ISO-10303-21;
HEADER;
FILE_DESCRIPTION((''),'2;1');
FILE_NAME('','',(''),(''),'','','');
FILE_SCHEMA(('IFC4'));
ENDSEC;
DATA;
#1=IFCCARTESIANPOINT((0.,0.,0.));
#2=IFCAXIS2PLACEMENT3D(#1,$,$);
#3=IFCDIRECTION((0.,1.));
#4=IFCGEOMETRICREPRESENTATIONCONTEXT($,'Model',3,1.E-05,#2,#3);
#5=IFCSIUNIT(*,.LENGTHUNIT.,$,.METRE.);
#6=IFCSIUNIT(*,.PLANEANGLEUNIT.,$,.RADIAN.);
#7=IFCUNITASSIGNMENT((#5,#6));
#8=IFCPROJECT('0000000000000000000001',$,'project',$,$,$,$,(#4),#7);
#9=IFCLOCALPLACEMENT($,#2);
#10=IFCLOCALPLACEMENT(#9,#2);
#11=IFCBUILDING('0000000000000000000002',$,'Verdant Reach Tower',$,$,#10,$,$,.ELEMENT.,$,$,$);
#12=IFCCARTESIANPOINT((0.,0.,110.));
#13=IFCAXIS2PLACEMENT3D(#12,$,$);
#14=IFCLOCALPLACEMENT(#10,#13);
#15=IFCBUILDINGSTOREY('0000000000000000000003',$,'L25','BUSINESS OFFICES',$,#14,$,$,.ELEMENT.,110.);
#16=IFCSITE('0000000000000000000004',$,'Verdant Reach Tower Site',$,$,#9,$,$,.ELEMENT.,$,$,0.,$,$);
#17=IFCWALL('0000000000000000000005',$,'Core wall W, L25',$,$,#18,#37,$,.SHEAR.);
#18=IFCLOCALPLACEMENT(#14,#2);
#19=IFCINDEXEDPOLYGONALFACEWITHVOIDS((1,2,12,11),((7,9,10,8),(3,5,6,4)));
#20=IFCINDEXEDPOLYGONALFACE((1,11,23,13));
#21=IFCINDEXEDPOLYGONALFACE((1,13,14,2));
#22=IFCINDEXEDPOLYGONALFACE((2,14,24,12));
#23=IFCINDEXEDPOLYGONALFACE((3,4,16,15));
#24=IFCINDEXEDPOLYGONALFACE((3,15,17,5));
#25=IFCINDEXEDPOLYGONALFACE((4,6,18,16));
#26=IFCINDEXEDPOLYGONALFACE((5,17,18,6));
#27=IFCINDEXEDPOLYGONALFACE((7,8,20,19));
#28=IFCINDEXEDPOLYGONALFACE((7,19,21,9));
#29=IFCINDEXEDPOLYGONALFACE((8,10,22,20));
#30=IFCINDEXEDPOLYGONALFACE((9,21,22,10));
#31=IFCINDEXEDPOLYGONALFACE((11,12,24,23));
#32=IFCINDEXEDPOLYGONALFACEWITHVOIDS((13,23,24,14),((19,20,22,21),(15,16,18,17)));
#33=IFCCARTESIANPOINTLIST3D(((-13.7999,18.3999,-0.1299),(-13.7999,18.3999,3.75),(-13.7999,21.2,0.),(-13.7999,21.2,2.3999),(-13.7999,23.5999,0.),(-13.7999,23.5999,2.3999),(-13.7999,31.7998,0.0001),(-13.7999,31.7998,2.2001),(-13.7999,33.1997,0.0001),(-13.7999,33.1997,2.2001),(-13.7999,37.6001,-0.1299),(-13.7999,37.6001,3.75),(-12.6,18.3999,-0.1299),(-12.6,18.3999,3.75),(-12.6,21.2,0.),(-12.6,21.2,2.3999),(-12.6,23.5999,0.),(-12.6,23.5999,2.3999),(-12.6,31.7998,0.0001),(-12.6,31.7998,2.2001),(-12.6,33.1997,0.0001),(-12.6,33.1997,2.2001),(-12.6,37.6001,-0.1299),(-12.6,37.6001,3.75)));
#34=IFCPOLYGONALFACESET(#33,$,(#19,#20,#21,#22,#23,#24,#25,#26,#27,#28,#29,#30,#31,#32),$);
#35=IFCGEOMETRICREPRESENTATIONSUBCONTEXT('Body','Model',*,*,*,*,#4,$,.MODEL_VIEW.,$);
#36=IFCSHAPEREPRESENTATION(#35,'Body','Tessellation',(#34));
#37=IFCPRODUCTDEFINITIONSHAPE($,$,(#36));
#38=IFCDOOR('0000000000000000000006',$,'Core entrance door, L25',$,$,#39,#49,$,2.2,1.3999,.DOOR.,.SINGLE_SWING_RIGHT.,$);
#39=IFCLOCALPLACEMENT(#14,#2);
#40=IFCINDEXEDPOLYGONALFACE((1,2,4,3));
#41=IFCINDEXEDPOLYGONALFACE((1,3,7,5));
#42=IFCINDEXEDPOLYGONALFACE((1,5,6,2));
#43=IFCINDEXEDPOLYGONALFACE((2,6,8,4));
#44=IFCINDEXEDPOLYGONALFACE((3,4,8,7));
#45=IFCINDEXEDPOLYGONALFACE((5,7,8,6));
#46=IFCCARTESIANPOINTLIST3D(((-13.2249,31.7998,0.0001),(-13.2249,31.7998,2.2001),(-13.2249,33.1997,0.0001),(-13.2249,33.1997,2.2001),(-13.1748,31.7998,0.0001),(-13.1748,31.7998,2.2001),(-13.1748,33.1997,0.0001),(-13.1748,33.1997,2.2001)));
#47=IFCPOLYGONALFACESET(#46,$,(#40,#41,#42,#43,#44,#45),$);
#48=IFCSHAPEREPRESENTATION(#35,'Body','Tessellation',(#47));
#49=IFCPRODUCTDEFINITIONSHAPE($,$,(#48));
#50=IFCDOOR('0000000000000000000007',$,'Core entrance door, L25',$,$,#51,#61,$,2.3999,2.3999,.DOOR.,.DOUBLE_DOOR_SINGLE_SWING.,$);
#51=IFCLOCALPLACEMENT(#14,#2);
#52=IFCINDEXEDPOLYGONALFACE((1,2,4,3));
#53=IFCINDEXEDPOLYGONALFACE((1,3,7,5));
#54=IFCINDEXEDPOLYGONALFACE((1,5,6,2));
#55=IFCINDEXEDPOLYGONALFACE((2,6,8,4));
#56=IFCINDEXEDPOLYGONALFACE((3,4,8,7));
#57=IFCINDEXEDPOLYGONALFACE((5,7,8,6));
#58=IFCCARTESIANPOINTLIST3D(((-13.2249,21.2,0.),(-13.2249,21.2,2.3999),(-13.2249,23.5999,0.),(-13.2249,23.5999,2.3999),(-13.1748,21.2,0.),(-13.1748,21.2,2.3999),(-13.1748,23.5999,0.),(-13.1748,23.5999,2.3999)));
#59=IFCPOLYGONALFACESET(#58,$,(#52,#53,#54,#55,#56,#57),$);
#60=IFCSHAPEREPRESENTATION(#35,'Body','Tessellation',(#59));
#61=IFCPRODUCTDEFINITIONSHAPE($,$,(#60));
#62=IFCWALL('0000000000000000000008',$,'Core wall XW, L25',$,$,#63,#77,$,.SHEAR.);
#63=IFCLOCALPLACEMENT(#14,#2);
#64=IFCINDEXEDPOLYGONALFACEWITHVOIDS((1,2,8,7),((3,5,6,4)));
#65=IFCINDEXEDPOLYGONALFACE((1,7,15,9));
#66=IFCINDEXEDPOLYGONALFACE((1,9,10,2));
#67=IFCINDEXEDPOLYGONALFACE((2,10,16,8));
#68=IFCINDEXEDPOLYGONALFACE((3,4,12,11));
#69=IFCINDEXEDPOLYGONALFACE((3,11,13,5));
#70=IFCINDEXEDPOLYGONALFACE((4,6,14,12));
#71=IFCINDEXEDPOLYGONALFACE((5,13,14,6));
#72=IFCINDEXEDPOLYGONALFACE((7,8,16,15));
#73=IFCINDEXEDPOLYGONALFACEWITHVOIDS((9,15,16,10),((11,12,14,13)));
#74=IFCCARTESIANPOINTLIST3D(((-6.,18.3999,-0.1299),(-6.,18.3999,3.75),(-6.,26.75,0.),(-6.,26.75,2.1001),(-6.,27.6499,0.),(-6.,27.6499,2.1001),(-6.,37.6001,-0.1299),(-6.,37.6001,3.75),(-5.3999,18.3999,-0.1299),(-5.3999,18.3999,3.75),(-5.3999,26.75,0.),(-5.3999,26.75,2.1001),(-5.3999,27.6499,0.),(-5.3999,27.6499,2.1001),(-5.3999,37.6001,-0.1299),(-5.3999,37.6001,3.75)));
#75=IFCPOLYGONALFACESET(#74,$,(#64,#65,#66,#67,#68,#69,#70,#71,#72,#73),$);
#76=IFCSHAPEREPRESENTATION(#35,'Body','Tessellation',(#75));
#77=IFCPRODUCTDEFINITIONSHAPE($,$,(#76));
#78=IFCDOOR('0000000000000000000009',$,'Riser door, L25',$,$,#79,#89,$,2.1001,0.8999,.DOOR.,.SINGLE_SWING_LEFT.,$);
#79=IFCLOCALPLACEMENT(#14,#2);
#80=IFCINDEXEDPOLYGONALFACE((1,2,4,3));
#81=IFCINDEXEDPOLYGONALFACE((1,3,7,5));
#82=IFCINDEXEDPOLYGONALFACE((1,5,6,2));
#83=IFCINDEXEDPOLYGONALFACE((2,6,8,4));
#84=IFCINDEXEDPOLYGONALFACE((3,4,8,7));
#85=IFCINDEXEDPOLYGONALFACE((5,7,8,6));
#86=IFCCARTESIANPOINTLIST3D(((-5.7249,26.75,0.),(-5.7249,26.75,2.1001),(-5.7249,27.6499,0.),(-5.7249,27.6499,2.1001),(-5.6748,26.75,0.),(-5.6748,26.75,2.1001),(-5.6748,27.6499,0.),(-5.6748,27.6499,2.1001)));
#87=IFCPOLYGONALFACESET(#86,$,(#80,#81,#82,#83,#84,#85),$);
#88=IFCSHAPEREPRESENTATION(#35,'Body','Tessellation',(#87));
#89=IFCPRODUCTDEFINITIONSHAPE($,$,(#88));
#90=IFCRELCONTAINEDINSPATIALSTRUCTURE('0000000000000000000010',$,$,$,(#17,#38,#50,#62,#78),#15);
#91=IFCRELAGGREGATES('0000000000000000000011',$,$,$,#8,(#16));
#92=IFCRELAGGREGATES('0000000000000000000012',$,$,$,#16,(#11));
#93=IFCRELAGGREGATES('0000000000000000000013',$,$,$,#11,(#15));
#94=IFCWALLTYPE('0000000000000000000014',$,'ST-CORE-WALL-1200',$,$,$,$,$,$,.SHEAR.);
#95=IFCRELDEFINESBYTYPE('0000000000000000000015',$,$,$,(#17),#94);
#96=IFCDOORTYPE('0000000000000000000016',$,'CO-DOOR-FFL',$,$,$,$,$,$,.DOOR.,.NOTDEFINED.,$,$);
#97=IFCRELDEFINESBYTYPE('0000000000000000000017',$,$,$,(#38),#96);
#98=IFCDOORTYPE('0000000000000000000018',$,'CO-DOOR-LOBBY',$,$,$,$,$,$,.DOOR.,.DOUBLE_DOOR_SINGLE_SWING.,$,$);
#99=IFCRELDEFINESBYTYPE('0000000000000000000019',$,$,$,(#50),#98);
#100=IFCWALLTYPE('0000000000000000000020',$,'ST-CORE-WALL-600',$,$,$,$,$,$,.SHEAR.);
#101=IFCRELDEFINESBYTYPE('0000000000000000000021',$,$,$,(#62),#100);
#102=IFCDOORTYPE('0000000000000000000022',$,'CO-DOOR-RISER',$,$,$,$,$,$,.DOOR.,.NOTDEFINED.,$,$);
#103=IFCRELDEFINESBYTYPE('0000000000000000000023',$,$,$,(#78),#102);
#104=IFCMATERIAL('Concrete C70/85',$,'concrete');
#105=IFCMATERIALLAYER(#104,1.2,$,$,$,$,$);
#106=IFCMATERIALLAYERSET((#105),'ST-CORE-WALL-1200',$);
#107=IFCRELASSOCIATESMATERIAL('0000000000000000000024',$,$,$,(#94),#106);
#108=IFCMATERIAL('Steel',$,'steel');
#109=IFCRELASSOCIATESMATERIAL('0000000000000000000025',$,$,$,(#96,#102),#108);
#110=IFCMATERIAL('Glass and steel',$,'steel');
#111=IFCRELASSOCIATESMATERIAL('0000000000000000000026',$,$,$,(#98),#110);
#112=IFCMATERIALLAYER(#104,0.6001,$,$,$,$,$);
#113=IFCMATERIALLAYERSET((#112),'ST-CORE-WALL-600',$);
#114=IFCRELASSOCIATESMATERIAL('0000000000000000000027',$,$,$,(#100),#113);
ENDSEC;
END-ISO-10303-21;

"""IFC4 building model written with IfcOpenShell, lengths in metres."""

from ifc_helpers import new_model, si_unit, direction, frame, frame_2d, origin, place, context, subcontext, project, spatial, rectangle, extrude, material, layer, layer_set, type_object, element, fill, save


model = new_model("IFC4")

# Units and contexts
model_context = context("Model", 3, precision=1e-05, world=origin(), true_north=direction((0.0, 1.0)))
body_context = subcontext(model_context, "Body", "Model", "MODEL_VIEW")
ifc_project = project(units=[si_unit("LENGTHUNIT", "METRE"), si_unit("PLANEANGLEUNIT", "RADIAN")], contexts=[model_context])

# Site, building, storey
site_placement = place(None, origin())
site = spatial("IfcSite", under=ifc_project, at=site_placement, Name="Verdant Reach Tower Site", CompositionType="ELEMENT", RefElevation=0.0)
building_placement = place(site_placement, origin())
building = spatial("IfcBuilding", under=site, at=building_placement, Name="Verdant Reach Tower", CompositionType="ELEMENT")
storey_placement = place(building_placement, frame((0.0, 0.0, 110.0)))
storey = spatial("IfcBuildingStorey", under=building, at=storey_placement, Name="L25", Description="BUSINESS OFFICES", CompositionType="ELEMENT", Elevation=110.0)

# Wall, openings, doors
ifc_material_1 = material(Name="Concrete C70/85", Category="concrete")
ifc_layer_1 = layer(ifc_material_1, 1.2)
ifc_layer_set_1 = layer_set([ifc_layer_1], Name="ST-CORE-WALL-1200")
wall_type_1 = type_object("IfcWallType", Name="ST-CORE-WALL-1200", PredefinedType="SHEAR", material=ifc_layer_set_1)
wall_1_placement = place(storey_placement, frame((-13.2, 18.3999, -0.1299), z_axis=(0.0, 0.0, 1.0), x_axis=(0.0, 1.0, 0.0)))
wall_1 = element("IfcWall", 1, at=wall_1_placement, inside=storey, type_object=wall_type_1, Name="Core wall W, L25", PredefinedType="SHEAR", context=body_context, shape_type="SweptSolid", body=[
    extrude(rectangle(XDim=19.2002, YDim=1.2, at=frame_2d((9.6001, 0.0))), origin(), (0.0, 0.0, 1.0), 3.8799),
])
opening_1_placement = place(wall_1_placement, frame((2.8, 0.0, 0.1299)))
opening_1 = element("IfcOpeningElement", 2, at=opening_1_placement, cuts=wall_1, PredefinedType="OPENING", context=body_context, shape_type="SweptSolid", body=[
    extrude(rectangle(XDim=2.3999, YDim=2.3999, at=frame_2d((1.2, 1.2))), frame((0.0, 0.6099, 0.0), z_axis=(0.0, -1.0, 0.0), x_axis=(1.0, 0.0, 0.0)), (0.0, 0.0, 1.0), 1.22),
])
opening_2_placement = place(wall_1_placement, frame((13.3999, 0.0, 0.1299)))
opening_2 = element("IfcOpeningElement", 3, at=opening_2_placement, cuts=wall_1, PredefinedType="OPENING", context=body_context, shape_type="SweptSolid", body=[
    extrude(rectangle(XDim=1.3999, YDim=2.2, at=frame_2d((0.7, 1.1001))), frame((0.0, 0.6099, 0.0), z_axis=(0.0, -1.0, 0.0), x_axis=(1.0, 0.0, 0.0)), (0.0, 0.0, 1.0), 1.22),
])
ifc_material_2 = material(Name="Steel", Category="steel")
door_type_1 = type_object("IfcDoorType", Name="CO-DOOR-FFL", OperationType="NOTDEFINED", PredefinedType="DOOR", material=ifc_material_2)
door_1_placement = place(opening_2_placement, origin())
door_1 = element("IfcDoor", 4, at=door_1_placement, inside=storey, type_object=door_type_1, Name="Core entrance door, L25", OperationType="SINGLE_SWING_RIGHT", OverallHeight=2.2, OverallWidth=1.3999, PredefinedType="DOOR", context=body_context, shape_type="SweptSolid", body=[
    extrude(rectangle(XDim=1.3999, YDim=2.2, at=frame_2d((0.7, 1.1001))), frame((0.0, 0.0249, 0.0), z_axis=(0.0, -1.0, 0.0), x_axis=(1.0, 0.0, 0.0)), (0.0, 0.0, 1.0), 0.05),
])
fill(opening_2, door_1)
ifc_material_3 = material(Name="Glass and steel", Category="steel")
door_type_2 = type_object("IfcDoorType", Name="CO-DOOR-LOBBY", OperationType="DOUBLE_DOOR_SINGLE_SWING", PredefinedType="DOOR", material=ifc_material_3)
door_2_placement = place(opening_1_placement, origin())
door_2 = element("IfcDoor", 5, at=door_2_placement, inside=storey, type_object=door_type_2, Name="Core entrance door, L25", OperationType="DOUBLE_DOOR_SINGLE_SWING", OverallHeight=2.3999, OverallWidth=2.3999, PredefinedType="DOOR", context=body_context, shape_type="SweptSolid", body=[
    extrude(rectangle(XDim=2.3999, YDim=2.3999, at=frame_2d((1.2, 1.2))), frame((0.0, 0.0249, 0.0), z_axis=(0.0, -1.0, 0.0), x_axis=(1.0, 0.0, 0.0)), (0.0, 0.0, 1.0), 0.05),
])
fill(opening_1, door_2)

# Wall, opening, door
ifc_layer_2 = layer(ifc_material_1, 0.6001)
ifc_layer_set_2 = layer_set([ifc_layer_2], Name="ST-CORE-WALL-600")
wall_type_2 = type_object("IfcWallType", Name="ST-CORE-WALL-600", PredefinedType="SHEAR", material=ifc_layer_set_2)
wall_2_placement = place(storey_placement, frame((-5.7, 18.3999, -0.1299), z_axis=(0.0, 0.0, 1.0), x_axis=(0.0, 1.0, 0.0)))
wall_2 = element("IfcWall", 6, at=wall_2_placement, inside=storey, type_object=wall_type_2, Name="Core wall XW, L25", PredefinedType="SHEAR", context=body_context, shape_type="SweptSolid", body=[
    extrude(rectangle(XDim=19.2002, YDim=0.6001, at=frame_2d((9.6001, 0.0))), origin(), (0.0, 0.0, 1.0), 3.8799),
])
opening_3_placement = place(wall_2_placement, frame((8.3501, 0.0, 0.1299)))
opening_3 = element("IfcOpeningElement", 7, at=opening_3_placement, cuts=wall_2, PredefinedType="OPENING", context=body_context, shape_type="SweptSolid", body=[
    extrude(rectangle(XDim=0.8999, YDim=2.1001, at=frame_2d((0.45, 1.05))), frame((0.0, 0.3101, 0.0), z_axis=(0.0, -1.0, 0.0), x_axis=(1.0, 0.0, 0.0)), (0.0, 0.0, 1.0), 0.6201),
])
door_type_3 = type_object("IfcDoorType", Name="CO-DOOR-RISER", OperationType="NOTDEFINED", PredefinedType="DOOR", material=ifc_material_2)
door_3_placement = place(opening_3_placement, origin())
door_3 = element("IfcDoor", 8, at=door_3_placement, inside=storey, type_object=door_type_3, Name="Riser door, L25", OperationType="SINGLE_SWING_LEFT", OverallHeight=2.1001, OverallWidth=0.8999, PredefinedType="DOOR", context=body_context, shape_type="SweptSolid", body=[
    extrude(rectangle(XDim=0.8999, YDim=2.1001, at=frame_2d((0.45, 1.05))), frame((0.0, 0.0249, 0.0), z_axis=(0.0, -1.0, 0.0), x_axis=(1.0, 0.0, 0.0)), (0.0, 0.0, 1.0), 0.05),
])
fill(opening_3, door_3)

save(model, "model.ifc")
